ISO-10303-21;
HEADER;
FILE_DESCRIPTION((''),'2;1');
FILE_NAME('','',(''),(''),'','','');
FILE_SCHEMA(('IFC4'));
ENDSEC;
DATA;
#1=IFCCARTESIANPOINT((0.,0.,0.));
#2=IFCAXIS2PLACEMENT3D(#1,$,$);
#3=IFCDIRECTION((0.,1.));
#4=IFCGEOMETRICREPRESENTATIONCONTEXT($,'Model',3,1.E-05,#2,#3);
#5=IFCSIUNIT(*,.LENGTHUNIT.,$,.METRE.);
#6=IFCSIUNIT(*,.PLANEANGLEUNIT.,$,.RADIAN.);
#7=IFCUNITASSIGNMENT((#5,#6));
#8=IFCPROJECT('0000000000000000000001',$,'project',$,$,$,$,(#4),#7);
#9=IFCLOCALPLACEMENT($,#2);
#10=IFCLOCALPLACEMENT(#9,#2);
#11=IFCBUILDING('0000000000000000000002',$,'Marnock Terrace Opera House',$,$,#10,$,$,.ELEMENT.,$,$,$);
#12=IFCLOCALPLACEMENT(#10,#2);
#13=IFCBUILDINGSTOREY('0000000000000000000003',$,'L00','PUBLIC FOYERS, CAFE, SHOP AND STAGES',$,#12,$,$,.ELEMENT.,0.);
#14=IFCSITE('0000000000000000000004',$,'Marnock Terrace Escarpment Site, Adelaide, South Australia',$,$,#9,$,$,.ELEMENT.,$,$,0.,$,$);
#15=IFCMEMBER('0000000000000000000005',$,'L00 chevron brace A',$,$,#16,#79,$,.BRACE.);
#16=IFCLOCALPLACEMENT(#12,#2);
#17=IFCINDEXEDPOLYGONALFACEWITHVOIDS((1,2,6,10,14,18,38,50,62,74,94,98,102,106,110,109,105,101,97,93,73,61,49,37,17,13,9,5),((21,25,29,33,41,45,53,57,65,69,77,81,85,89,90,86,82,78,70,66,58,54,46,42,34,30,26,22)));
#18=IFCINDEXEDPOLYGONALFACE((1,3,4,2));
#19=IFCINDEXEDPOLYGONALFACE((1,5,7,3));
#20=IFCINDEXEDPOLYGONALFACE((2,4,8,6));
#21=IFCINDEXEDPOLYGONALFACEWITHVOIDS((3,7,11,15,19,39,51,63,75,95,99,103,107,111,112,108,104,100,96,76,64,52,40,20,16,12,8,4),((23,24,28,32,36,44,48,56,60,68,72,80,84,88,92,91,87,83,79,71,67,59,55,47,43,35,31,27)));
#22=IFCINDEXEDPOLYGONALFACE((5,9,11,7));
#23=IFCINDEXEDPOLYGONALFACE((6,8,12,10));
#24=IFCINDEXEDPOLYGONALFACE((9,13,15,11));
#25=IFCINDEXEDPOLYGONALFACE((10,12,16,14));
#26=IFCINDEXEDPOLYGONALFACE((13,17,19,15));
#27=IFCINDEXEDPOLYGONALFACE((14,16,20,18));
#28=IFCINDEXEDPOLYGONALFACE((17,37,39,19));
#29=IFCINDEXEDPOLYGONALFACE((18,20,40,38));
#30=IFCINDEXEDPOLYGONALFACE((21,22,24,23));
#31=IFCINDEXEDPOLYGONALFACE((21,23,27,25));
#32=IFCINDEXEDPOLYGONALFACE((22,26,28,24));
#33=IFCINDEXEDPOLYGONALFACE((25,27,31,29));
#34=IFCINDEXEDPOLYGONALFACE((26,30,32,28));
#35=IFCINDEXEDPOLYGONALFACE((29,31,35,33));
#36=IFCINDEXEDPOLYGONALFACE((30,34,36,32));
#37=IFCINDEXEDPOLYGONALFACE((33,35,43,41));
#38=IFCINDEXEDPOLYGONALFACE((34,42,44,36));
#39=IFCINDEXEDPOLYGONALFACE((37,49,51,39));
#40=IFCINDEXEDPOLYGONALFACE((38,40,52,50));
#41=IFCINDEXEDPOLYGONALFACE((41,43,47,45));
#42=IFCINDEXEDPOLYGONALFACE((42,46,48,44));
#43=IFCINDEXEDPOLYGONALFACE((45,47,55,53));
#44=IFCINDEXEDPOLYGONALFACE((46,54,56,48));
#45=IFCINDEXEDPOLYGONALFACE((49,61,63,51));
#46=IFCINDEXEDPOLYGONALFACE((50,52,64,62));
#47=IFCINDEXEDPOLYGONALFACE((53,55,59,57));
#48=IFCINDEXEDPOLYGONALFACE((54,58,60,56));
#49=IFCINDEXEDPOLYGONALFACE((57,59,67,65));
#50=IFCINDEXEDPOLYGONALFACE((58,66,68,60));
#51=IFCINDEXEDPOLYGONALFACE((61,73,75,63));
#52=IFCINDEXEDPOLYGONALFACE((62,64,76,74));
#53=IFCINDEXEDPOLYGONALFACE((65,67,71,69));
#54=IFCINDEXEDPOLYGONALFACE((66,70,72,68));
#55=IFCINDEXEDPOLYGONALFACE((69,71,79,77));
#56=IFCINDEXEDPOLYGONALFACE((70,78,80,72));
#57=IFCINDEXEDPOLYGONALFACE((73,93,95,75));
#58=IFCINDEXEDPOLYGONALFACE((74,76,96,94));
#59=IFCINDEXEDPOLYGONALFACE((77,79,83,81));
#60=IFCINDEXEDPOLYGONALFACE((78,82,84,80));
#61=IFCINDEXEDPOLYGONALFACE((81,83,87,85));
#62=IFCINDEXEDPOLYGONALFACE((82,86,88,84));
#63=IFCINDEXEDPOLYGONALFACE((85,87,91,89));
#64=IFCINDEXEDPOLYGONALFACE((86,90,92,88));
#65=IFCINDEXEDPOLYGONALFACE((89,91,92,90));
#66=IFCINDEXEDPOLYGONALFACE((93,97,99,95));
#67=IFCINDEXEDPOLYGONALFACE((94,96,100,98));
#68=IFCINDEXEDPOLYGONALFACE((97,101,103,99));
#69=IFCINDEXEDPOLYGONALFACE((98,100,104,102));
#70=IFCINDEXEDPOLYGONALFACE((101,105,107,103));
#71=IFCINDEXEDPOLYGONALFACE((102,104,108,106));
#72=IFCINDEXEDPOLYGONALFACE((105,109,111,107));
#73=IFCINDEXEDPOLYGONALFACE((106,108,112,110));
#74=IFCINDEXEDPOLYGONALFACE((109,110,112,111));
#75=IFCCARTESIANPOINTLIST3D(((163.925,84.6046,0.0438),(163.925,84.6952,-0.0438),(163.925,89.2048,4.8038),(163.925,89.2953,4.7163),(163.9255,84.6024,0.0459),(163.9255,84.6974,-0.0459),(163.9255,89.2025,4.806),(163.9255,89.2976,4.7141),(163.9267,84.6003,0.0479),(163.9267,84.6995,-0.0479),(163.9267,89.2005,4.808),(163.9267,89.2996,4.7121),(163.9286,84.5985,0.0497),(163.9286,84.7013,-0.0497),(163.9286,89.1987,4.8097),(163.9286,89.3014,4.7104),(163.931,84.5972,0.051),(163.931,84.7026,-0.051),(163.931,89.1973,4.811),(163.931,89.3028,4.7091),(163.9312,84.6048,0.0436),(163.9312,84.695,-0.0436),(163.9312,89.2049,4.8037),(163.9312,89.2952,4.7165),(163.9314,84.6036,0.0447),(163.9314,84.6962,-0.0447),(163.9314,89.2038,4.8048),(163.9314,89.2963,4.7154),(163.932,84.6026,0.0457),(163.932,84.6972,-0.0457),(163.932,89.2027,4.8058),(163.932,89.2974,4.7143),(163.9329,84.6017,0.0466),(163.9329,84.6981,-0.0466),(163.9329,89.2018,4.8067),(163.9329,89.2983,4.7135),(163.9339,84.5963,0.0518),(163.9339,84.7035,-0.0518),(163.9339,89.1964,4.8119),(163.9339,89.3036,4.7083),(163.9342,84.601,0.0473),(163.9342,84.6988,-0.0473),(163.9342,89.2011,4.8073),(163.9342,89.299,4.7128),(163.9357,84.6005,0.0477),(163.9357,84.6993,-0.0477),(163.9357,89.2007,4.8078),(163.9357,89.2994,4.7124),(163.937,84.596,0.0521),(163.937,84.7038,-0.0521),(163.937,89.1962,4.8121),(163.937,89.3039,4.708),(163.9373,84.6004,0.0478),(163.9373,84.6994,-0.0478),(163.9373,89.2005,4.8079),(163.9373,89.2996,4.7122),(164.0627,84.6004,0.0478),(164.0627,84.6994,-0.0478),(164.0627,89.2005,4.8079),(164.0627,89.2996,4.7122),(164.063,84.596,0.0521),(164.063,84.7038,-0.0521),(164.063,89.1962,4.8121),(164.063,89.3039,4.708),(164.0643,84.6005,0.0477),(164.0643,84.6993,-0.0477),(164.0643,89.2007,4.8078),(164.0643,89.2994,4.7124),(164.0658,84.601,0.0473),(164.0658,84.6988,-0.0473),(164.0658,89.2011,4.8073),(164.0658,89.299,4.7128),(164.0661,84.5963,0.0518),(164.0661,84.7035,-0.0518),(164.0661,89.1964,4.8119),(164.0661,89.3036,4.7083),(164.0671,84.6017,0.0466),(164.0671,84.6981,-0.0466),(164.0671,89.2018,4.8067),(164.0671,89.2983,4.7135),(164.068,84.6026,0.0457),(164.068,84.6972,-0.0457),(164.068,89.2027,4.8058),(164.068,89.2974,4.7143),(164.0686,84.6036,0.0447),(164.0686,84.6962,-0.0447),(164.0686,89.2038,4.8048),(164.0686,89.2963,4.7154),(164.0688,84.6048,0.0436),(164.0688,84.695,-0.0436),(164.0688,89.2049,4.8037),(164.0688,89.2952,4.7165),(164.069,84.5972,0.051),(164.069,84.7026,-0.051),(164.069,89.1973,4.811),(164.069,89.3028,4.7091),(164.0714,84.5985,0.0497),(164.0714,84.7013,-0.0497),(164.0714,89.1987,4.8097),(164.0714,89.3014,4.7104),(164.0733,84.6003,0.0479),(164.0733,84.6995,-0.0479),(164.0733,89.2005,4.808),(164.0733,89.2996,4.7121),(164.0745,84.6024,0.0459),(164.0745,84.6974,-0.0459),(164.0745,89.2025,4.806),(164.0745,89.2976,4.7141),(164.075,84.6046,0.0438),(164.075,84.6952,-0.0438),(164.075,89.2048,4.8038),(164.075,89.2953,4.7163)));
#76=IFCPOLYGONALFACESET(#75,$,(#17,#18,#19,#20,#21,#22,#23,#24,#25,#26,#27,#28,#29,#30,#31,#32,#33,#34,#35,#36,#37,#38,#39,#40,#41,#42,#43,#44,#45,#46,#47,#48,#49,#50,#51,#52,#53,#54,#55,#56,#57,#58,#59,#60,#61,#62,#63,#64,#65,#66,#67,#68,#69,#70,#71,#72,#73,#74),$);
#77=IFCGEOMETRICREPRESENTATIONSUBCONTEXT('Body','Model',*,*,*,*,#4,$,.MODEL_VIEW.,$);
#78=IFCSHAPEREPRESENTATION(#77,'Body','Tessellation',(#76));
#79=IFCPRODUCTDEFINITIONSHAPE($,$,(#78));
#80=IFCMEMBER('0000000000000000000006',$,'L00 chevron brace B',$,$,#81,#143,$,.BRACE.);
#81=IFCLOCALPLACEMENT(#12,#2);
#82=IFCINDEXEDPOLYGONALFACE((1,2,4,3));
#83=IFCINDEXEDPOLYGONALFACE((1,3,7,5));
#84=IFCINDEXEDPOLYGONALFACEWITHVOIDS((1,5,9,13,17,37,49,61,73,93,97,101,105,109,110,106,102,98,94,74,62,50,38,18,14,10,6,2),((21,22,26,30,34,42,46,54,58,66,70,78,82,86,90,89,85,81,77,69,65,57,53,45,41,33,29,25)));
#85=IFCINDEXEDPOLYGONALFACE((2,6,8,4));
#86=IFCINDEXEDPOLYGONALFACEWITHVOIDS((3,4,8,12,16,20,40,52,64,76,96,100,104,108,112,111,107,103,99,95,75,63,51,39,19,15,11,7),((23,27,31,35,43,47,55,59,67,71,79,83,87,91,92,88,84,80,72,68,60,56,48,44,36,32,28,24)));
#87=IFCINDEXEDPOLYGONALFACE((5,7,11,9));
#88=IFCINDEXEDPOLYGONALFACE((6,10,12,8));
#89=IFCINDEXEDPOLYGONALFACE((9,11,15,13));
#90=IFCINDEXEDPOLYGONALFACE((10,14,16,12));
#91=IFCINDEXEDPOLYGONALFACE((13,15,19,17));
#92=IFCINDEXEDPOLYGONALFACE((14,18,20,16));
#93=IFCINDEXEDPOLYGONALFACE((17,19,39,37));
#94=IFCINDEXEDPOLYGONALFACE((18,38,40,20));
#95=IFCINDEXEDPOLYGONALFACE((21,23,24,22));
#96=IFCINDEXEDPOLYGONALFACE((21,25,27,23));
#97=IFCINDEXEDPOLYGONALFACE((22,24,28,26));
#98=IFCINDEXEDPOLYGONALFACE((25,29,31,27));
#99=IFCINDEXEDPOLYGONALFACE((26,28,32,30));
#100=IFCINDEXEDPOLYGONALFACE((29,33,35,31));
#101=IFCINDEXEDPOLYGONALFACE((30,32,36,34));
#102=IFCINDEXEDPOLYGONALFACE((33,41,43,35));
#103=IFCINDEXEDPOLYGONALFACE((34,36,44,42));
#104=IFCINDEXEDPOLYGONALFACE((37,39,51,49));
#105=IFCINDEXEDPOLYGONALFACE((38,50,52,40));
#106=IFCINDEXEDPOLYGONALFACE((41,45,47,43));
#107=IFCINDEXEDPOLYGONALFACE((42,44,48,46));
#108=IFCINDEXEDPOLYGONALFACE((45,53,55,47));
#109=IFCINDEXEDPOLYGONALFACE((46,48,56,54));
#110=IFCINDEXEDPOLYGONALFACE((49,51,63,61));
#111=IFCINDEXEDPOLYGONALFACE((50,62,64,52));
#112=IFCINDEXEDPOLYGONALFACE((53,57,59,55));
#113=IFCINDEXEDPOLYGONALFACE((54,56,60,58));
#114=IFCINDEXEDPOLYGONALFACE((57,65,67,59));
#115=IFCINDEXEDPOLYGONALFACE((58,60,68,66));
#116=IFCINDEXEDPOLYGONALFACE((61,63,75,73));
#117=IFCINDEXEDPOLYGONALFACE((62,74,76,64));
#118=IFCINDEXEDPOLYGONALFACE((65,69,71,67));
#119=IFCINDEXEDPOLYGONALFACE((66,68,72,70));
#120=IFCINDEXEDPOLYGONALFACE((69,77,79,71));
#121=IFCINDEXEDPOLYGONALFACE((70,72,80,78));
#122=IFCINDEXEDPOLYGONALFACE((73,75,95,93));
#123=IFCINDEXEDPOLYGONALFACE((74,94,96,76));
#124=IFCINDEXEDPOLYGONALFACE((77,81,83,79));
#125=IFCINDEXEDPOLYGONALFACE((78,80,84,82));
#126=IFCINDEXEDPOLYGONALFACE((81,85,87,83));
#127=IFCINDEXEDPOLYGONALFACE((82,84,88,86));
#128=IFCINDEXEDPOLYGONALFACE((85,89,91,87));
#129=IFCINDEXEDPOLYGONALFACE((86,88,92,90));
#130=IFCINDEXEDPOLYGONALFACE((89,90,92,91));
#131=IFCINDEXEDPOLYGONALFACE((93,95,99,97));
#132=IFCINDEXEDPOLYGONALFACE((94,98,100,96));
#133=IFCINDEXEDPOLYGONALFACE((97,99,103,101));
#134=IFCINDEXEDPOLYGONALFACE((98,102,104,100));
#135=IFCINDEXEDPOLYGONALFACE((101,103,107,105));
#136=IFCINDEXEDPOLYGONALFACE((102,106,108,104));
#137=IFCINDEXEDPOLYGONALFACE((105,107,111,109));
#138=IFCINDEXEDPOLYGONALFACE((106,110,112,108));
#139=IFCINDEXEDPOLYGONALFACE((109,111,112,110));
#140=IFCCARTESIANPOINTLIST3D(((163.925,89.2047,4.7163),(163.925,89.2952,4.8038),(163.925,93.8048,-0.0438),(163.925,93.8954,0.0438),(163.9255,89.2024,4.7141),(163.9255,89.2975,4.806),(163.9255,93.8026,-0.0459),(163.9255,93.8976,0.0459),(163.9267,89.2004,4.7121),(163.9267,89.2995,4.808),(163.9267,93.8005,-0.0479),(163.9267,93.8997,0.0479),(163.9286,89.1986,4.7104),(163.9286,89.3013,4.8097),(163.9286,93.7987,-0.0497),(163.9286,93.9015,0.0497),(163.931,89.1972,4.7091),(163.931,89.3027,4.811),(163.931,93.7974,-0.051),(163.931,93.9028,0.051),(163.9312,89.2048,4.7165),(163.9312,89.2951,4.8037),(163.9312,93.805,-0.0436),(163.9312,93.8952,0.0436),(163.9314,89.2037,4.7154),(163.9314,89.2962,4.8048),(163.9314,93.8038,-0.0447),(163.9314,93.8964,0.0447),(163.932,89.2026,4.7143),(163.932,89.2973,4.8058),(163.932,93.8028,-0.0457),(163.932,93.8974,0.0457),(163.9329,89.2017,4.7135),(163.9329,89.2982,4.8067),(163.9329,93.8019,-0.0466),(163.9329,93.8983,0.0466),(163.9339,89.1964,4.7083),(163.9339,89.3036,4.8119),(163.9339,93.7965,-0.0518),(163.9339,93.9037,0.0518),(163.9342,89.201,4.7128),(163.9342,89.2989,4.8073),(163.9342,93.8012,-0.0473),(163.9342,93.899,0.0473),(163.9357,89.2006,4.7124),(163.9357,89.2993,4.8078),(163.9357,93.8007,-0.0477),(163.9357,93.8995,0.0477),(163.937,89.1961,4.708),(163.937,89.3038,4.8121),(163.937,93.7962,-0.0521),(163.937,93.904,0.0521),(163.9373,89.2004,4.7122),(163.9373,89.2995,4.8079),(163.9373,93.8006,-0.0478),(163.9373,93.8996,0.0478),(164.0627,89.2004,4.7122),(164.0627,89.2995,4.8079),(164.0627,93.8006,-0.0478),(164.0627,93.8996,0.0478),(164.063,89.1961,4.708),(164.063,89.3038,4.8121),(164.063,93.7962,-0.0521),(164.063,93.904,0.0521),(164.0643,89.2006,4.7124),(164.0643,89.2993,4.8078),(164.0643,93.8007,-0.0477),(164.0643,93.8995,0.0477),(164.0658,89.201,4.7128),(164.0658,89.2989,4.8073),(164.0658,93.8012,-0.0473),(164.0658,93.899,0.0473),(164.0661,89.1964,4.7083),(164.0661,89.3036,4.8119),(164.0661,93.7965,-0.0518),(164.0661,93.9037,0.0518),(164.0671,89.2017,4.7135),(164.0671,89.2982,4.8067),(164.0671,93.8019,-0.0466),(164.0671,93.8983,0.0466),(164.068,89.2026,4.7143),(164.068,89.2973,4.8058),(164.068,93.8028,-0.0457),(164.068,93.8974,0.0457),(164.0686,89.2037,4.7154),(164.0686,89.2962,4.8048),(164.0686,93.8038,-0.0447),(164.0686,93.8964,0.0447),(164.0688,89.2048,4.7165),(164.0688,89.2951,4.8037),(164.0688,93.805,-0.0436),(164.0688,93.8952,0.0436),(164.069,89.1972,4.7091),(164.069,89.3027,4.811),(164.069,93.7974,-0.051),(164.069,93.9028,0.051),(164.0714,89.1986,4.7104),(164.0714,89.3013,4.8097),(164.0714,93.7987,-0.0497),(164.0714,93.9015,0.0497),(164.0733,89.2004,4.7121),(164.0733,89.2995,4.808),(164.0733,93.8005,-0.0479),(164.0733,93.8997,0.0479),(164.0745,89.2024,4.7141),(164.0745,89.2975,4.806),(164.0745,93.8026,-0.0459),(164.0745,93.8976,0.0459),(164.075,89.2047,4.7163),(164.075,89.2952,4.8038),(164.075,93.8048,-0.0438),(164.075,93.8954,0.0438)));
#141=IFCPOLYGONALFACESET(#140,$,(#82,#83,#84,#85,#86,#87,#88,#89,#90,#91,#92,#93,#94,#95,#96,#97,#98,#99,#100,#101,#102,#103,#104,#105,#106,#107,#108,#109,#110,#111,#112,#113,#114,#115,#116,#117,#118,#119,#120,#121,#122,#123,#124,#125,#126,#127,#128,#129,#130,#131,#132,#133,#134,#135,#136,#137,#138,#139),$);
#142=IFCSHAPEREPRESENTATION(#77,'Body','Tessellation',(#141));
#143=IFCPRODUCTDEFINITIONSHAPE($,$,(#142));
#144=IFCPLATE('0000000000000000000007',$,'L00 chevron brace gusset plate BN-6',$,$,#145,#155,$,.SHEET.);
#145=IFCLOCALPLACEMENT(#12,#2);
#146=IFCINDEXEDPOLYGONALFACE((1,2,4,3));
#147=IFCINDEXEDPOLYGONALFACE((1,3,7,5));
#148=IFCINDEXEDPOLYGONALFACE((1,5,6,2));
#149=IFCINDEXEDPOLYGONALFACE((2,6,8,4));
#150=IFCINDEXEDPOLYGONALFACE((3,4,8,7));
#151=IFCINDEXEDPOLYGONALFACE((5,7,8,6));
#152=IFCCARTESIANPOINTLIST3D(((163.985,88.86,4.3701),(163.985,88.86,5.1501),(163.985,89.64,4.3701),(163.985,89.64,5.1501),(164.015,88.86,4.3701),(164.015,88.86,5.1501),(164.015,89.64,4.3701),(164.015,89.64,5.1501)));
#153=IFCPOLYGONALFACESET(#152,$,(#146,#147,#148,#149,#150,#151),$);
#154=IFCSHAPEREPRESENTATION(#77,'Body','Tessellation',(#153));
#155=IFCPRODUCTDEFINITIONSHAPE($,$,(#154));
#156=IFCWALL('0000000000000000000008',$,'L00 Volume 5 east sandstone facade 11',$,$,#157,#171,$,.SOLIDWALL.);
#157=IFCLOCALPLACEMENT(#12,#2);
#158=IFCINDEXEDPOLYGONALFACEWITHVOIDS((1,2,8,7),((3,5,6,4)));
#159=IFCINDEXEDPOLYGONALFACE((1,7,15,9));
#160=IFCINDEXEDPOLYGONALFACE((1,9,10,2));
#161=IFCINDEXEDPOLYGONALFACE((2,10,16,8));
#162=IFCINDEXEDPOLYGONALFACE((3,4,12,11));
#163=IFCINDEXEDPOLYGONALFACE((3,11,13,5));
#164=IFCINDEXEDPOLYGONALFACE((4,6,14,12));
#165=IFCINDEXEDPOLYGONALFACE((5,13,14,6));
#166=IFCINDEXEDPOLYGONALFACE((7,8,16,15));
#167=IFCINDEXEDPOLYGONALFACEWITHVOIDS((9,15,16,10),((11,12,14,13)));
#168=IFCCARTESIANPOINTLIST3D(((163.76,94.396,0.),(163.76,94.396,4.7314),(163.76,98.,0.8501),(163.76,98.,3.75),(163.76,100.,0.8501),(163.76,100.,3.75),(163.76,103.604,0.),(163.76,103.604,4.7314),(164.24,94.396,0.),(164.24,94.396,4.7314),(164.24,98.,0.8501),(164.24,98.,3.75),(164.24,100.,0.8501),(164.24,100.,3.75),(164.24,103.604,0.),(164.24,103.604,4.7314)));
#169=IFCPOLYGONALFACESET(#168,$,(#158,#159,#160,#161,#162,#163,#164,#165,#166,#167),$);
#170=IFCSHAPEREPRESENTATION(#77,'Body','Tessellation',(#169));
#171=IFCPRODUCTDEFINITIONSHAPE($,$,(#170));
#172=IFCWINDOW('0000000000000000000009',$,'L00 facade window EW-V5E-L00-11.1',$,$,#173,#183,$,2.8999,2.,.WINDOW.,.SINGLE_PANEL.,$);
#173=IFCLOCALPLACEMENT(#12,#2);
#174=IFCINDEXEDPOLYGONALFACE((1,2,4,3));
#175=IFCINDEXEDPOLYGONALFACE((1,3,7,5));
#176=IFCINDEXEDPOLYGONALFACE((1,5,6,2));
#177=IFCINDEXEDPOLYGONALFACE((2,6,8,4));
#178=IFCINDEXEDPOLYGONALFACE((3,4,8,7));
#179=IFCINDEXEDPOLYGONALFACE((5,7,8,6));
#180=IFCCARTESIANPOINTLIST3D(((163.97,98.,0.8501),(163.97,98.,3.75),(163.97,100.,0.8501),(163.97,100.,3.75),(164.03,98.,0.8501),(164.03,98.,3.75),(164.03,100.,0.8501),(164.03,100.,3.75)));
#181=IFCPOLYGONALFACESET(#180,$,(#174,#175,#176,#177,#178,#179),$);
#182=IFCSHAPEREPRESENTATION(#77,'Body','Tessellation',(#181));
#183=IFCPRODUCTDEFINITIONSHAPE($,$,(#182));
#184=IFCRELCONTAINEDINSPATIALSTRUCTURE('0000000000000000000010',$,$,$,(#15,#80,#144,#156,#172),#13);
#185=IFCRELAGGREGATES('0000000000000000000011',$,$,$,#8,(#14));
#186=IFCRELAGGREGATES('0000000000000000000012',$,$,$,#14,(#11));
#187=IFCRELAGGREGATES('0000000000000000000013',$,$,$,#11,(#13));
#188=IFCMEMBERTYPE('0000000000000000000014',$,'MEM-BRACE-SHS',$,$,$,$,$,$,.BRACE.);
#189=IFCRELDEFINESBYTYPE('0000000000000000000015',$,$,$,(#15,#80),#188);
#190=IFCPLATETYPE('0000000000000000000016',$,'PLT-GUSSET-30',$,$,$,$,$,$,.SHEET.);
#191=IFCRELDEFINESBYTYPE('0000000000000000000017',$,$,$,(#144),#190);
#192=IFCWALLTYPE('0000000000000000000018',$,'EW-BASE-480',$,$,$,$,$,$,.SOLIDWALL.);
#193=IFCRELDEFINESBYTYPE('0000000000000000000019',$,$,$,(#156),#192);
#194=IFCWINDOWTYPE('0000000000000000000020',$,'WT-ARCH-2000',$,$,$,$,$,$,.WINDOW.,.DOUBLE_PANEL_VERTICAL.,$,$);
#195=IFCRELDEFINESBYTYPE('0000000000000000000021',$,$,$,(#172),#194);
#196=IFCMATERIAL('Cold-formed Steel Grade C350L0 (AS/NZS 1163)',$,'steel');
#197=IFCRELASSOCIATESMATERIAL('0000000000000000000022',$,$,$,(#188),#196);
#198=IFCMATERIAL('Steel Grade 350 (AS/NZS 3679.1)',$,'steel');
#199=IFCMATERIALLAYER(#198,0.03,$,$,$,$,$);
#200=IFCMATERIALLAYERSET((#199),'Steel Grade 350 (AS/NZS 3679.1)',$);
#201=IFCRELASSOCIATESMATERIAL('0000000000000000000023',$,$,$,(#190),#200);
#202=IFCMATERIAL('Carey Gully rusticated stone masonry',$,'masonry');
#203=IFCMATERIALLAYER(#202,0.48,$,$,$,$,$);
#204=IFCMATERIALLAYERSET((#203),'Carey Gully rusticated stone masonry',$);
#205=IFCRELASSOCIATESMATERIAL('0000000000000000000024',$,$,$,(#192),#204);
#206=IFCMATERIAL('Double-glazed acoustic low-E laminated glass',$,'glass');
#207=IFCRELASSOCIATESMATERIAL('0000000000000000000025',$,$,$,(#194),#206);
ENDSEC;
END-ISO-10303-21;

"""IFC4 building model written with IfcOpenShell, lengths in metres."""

from ifc_helpers import new_model, si_unit, direction, frame, frame_2d, origin, origin_2d, place, context, subcontext, project, spatial, rectangle, hollow_rectangle, extrude, material, layer, layer_set, material_profile, profile_set, type_object, element, fill, save


model = new_model("IFC4")

# Units and contexts
model_context = context("Model", 3, precision=1e-05, world=origin(), true_north=direction((0.0, 1.0)))
body_context = subcontext(model_context, "Body", "Model", "MODEL_VIEW")
ifc_project = project(units=[si_unit("LENGTHUNIT", "METRE"), si_unit("PLANEANGLEUNIT", "RADIAN")], contexts=[model_context])

# Site, building, storey
site_placement = place(None, origin())
site = spatial("IfcSite", under=ifc_project, at=site_placement, Name="Marnock Terrace Escarpment Site, Adelaide, South Australia", CompositionType="ELEMENT", RefElevation=0.0)
building_placement = place(site_placement, origin())
building = spatial("IfcBuilding", under=site, at=building_placement, Name="Marnock Terrace Opera House", CompositionType="ELEMENT")
storey_placement = place(building_placement, origin())
storey = spatial("IfcBuildingStorey", under=building, at=storey_placement, Name="L00", Description="PUBLIC FOYERS, CAFE, SHOP AND STAGES", CompositionType="ELEMENT", Elevation=0.0)

# Shared definitions
ifc_material_1 = material(Name="Steel Grade 350 (AS/NZS 3679.1)", Category="steel")

# Members
ifc_material_2 = material(Name="Cold-formed Steel Grade C350L0 (AS/NZS 1163)", Category="steel")
ifc_material_profile_1 = material_profile(ifc_material_2, hollow_rectangle(XDim=0.1499, YDim=0.1499, WallThickness=0.0061, InnerFilletRadius=0.0061, OuterFilletRadius=0.012, at=origin_2d()))
ifc_profile_set_1 = profile_set([ifc_material_profile_1], Name="Cold-formed Steel Grade C350L0 (AS/NZS 1163)")
member_type = type_object("IfcMemberType", Name="MEM-BRACE-SHS", PredefinedType="BRACE", material=ifc_profile_set_1)
for number, where, z_axis, x_axis, name in (
    (1, (164.0, 84.6499, 0.0), (0.0, 0.694925, 0.719082), (-1.0, 0.0, 0.0), "L00 chevron brace A"),
    (2, (164.0, 93.8501, 0.0), (0.0, -0.694925, 0.719082), (1.0, 0.0, 0.0), "L00 chevron brace B"),
):
    element("IfcMember", number, at=place(storey_placement, frame(where, z_axis=z_axis, x_axis=x_axis)), inside=storey, type_object=member_type, Name=name, PredefinedType="BRACE", context=body_context, shape_type="SweptSolid", body=[
        extrude(hollow_rectangle(XDim=0.1499, YDim=0.1499, WallThickness=0.0061, InnerFilletRadius=0.0061, OuterFilletRadius=0.012, at=origin_2d()), origin(), (0.0, 0.0, 1.0), 6.6196),
    ])

# Plate
ifc_layer_1 = layer(ifc_material_1, 0.03)
ifc_layer_set_1 = layer_set([ifc_layer_1], Name="Steel Grade 350 (AS/NZS 3679.1)")
plate_type = type_object("IfcPlateType", Name="PLT-GUSSET-30", PredefinedType="SHEET", material=ifc_layer_set_1)
plate_placement = place(storey_placement, frame((164.0, 89.25, 4.3701), z_axis=(0.0, 0.0, 1.0), x_axis=(0.0, 1.0, 0.0)))
element("IfcPlate", 3, at=plate_placement, inside=storey, type_object=plate_type, Name="L00 chevron brace gusset plate BN-6", PredefinedType="SHEET", context=body_context, shape_type="SweptSolid", body=[
    extrude(rectangle(XDim=0.78, YDim=0.03, at=origin_2d()), origin(), (0.0, 0.0, 1.0), 0.78),
])

# Wall, opening, window
ifc_material_3 = material(Name="Carey Gully rusticated stone masonry", Category="masonry")
ifc_layer_2 = layer(ifc_material_3, 0.48)
ifc_layer_set_2 = layer_set([ifc_layer_2], Name="Carey Gully rusticated stone masonry")
wall_type = type_object("IfcWallType", Name="EW-BASE-480", PredefinedType="SOLIDWALL", material=ifc_layer_set_2)
wall_1_placement = place(storey_placement, frame((164.0, 94.396, 0.0), z_axis=(0.0, 0.0, 1.0), x_axis=(0.0, 1.0, 0.0)))
wall_1 = element("IfcWall", 4, at=wall_1_placement, inside=storey, type_object=wall_type, Name="L00 Volume 5 east sandstone facade 11", PredefinedType="SOLIDWALL", context=body_context, shape_type="SweptSolid", body=[
    extrude(rectangle(XDim=9.208, YDim=0.48, at=frame_2d((4.604, 0.0))), origin(), (0.0, 0.0, 1.0), 4.7314),
])
opening_1_placement = place(wall_1_placement, frame((3.604, 0.0, 0.8501)))
opening_1 = element("IfcOpeningElement", 5, at=opening_1_placement, cuts=wall_1, PredefinedType="OPENING", context=body_context, shape_type="SweptSolid", body=[
    extrude(rectangle(XDim=2.0, YDim=2.8999, at=frame_2d((1.0, 1.45))), frame((0.0, 0.25, 0.0), z_axis=(0.0, -1.0, 0.0), x_axis=(1.0, 0.0, 0.0)), (0.0, 0.0, 1.0), 0.5),
])
ifc_material_4 = material(Name="Double-glazed acoustic low-E laminated glass", Category="glass")
window_type = type_object("IfcWindowType", Name="WT-ARCH-2000", PartitioningType="DOUBLE_PANEL_VERTICAL", PredefinedType="WINDOW", material=ifc_material_4)
window_1_placement = place(opening_1_placement, origin())
window_1 = element("IfcWindow", 6, at=window_1_placement, inside=storey, type_object=window_type, Name="L00 facade window EW-V5E-L00-11.1", OverallHeight=2.8999, OverallWidth=2.0, PartitioningType="SINGLE_PANEL", PredefinedType="WINDOW", context=body_context, shape_type="SweptSolid", body=[
    extrude(rectangle(XDim=2.0, YDim=2.8999, at=frame_2d((1.0, 1.45))), frame((0.0, 0.03, 0.0), z_axis=(0.0, -1.0, 0.0), x_axis=(1.0, 0.0, 0.0)), (0.0, 0.0, 1.0), 0.0601),
])
fill(opening_1, window_1)

save(model, "model.ifc")
